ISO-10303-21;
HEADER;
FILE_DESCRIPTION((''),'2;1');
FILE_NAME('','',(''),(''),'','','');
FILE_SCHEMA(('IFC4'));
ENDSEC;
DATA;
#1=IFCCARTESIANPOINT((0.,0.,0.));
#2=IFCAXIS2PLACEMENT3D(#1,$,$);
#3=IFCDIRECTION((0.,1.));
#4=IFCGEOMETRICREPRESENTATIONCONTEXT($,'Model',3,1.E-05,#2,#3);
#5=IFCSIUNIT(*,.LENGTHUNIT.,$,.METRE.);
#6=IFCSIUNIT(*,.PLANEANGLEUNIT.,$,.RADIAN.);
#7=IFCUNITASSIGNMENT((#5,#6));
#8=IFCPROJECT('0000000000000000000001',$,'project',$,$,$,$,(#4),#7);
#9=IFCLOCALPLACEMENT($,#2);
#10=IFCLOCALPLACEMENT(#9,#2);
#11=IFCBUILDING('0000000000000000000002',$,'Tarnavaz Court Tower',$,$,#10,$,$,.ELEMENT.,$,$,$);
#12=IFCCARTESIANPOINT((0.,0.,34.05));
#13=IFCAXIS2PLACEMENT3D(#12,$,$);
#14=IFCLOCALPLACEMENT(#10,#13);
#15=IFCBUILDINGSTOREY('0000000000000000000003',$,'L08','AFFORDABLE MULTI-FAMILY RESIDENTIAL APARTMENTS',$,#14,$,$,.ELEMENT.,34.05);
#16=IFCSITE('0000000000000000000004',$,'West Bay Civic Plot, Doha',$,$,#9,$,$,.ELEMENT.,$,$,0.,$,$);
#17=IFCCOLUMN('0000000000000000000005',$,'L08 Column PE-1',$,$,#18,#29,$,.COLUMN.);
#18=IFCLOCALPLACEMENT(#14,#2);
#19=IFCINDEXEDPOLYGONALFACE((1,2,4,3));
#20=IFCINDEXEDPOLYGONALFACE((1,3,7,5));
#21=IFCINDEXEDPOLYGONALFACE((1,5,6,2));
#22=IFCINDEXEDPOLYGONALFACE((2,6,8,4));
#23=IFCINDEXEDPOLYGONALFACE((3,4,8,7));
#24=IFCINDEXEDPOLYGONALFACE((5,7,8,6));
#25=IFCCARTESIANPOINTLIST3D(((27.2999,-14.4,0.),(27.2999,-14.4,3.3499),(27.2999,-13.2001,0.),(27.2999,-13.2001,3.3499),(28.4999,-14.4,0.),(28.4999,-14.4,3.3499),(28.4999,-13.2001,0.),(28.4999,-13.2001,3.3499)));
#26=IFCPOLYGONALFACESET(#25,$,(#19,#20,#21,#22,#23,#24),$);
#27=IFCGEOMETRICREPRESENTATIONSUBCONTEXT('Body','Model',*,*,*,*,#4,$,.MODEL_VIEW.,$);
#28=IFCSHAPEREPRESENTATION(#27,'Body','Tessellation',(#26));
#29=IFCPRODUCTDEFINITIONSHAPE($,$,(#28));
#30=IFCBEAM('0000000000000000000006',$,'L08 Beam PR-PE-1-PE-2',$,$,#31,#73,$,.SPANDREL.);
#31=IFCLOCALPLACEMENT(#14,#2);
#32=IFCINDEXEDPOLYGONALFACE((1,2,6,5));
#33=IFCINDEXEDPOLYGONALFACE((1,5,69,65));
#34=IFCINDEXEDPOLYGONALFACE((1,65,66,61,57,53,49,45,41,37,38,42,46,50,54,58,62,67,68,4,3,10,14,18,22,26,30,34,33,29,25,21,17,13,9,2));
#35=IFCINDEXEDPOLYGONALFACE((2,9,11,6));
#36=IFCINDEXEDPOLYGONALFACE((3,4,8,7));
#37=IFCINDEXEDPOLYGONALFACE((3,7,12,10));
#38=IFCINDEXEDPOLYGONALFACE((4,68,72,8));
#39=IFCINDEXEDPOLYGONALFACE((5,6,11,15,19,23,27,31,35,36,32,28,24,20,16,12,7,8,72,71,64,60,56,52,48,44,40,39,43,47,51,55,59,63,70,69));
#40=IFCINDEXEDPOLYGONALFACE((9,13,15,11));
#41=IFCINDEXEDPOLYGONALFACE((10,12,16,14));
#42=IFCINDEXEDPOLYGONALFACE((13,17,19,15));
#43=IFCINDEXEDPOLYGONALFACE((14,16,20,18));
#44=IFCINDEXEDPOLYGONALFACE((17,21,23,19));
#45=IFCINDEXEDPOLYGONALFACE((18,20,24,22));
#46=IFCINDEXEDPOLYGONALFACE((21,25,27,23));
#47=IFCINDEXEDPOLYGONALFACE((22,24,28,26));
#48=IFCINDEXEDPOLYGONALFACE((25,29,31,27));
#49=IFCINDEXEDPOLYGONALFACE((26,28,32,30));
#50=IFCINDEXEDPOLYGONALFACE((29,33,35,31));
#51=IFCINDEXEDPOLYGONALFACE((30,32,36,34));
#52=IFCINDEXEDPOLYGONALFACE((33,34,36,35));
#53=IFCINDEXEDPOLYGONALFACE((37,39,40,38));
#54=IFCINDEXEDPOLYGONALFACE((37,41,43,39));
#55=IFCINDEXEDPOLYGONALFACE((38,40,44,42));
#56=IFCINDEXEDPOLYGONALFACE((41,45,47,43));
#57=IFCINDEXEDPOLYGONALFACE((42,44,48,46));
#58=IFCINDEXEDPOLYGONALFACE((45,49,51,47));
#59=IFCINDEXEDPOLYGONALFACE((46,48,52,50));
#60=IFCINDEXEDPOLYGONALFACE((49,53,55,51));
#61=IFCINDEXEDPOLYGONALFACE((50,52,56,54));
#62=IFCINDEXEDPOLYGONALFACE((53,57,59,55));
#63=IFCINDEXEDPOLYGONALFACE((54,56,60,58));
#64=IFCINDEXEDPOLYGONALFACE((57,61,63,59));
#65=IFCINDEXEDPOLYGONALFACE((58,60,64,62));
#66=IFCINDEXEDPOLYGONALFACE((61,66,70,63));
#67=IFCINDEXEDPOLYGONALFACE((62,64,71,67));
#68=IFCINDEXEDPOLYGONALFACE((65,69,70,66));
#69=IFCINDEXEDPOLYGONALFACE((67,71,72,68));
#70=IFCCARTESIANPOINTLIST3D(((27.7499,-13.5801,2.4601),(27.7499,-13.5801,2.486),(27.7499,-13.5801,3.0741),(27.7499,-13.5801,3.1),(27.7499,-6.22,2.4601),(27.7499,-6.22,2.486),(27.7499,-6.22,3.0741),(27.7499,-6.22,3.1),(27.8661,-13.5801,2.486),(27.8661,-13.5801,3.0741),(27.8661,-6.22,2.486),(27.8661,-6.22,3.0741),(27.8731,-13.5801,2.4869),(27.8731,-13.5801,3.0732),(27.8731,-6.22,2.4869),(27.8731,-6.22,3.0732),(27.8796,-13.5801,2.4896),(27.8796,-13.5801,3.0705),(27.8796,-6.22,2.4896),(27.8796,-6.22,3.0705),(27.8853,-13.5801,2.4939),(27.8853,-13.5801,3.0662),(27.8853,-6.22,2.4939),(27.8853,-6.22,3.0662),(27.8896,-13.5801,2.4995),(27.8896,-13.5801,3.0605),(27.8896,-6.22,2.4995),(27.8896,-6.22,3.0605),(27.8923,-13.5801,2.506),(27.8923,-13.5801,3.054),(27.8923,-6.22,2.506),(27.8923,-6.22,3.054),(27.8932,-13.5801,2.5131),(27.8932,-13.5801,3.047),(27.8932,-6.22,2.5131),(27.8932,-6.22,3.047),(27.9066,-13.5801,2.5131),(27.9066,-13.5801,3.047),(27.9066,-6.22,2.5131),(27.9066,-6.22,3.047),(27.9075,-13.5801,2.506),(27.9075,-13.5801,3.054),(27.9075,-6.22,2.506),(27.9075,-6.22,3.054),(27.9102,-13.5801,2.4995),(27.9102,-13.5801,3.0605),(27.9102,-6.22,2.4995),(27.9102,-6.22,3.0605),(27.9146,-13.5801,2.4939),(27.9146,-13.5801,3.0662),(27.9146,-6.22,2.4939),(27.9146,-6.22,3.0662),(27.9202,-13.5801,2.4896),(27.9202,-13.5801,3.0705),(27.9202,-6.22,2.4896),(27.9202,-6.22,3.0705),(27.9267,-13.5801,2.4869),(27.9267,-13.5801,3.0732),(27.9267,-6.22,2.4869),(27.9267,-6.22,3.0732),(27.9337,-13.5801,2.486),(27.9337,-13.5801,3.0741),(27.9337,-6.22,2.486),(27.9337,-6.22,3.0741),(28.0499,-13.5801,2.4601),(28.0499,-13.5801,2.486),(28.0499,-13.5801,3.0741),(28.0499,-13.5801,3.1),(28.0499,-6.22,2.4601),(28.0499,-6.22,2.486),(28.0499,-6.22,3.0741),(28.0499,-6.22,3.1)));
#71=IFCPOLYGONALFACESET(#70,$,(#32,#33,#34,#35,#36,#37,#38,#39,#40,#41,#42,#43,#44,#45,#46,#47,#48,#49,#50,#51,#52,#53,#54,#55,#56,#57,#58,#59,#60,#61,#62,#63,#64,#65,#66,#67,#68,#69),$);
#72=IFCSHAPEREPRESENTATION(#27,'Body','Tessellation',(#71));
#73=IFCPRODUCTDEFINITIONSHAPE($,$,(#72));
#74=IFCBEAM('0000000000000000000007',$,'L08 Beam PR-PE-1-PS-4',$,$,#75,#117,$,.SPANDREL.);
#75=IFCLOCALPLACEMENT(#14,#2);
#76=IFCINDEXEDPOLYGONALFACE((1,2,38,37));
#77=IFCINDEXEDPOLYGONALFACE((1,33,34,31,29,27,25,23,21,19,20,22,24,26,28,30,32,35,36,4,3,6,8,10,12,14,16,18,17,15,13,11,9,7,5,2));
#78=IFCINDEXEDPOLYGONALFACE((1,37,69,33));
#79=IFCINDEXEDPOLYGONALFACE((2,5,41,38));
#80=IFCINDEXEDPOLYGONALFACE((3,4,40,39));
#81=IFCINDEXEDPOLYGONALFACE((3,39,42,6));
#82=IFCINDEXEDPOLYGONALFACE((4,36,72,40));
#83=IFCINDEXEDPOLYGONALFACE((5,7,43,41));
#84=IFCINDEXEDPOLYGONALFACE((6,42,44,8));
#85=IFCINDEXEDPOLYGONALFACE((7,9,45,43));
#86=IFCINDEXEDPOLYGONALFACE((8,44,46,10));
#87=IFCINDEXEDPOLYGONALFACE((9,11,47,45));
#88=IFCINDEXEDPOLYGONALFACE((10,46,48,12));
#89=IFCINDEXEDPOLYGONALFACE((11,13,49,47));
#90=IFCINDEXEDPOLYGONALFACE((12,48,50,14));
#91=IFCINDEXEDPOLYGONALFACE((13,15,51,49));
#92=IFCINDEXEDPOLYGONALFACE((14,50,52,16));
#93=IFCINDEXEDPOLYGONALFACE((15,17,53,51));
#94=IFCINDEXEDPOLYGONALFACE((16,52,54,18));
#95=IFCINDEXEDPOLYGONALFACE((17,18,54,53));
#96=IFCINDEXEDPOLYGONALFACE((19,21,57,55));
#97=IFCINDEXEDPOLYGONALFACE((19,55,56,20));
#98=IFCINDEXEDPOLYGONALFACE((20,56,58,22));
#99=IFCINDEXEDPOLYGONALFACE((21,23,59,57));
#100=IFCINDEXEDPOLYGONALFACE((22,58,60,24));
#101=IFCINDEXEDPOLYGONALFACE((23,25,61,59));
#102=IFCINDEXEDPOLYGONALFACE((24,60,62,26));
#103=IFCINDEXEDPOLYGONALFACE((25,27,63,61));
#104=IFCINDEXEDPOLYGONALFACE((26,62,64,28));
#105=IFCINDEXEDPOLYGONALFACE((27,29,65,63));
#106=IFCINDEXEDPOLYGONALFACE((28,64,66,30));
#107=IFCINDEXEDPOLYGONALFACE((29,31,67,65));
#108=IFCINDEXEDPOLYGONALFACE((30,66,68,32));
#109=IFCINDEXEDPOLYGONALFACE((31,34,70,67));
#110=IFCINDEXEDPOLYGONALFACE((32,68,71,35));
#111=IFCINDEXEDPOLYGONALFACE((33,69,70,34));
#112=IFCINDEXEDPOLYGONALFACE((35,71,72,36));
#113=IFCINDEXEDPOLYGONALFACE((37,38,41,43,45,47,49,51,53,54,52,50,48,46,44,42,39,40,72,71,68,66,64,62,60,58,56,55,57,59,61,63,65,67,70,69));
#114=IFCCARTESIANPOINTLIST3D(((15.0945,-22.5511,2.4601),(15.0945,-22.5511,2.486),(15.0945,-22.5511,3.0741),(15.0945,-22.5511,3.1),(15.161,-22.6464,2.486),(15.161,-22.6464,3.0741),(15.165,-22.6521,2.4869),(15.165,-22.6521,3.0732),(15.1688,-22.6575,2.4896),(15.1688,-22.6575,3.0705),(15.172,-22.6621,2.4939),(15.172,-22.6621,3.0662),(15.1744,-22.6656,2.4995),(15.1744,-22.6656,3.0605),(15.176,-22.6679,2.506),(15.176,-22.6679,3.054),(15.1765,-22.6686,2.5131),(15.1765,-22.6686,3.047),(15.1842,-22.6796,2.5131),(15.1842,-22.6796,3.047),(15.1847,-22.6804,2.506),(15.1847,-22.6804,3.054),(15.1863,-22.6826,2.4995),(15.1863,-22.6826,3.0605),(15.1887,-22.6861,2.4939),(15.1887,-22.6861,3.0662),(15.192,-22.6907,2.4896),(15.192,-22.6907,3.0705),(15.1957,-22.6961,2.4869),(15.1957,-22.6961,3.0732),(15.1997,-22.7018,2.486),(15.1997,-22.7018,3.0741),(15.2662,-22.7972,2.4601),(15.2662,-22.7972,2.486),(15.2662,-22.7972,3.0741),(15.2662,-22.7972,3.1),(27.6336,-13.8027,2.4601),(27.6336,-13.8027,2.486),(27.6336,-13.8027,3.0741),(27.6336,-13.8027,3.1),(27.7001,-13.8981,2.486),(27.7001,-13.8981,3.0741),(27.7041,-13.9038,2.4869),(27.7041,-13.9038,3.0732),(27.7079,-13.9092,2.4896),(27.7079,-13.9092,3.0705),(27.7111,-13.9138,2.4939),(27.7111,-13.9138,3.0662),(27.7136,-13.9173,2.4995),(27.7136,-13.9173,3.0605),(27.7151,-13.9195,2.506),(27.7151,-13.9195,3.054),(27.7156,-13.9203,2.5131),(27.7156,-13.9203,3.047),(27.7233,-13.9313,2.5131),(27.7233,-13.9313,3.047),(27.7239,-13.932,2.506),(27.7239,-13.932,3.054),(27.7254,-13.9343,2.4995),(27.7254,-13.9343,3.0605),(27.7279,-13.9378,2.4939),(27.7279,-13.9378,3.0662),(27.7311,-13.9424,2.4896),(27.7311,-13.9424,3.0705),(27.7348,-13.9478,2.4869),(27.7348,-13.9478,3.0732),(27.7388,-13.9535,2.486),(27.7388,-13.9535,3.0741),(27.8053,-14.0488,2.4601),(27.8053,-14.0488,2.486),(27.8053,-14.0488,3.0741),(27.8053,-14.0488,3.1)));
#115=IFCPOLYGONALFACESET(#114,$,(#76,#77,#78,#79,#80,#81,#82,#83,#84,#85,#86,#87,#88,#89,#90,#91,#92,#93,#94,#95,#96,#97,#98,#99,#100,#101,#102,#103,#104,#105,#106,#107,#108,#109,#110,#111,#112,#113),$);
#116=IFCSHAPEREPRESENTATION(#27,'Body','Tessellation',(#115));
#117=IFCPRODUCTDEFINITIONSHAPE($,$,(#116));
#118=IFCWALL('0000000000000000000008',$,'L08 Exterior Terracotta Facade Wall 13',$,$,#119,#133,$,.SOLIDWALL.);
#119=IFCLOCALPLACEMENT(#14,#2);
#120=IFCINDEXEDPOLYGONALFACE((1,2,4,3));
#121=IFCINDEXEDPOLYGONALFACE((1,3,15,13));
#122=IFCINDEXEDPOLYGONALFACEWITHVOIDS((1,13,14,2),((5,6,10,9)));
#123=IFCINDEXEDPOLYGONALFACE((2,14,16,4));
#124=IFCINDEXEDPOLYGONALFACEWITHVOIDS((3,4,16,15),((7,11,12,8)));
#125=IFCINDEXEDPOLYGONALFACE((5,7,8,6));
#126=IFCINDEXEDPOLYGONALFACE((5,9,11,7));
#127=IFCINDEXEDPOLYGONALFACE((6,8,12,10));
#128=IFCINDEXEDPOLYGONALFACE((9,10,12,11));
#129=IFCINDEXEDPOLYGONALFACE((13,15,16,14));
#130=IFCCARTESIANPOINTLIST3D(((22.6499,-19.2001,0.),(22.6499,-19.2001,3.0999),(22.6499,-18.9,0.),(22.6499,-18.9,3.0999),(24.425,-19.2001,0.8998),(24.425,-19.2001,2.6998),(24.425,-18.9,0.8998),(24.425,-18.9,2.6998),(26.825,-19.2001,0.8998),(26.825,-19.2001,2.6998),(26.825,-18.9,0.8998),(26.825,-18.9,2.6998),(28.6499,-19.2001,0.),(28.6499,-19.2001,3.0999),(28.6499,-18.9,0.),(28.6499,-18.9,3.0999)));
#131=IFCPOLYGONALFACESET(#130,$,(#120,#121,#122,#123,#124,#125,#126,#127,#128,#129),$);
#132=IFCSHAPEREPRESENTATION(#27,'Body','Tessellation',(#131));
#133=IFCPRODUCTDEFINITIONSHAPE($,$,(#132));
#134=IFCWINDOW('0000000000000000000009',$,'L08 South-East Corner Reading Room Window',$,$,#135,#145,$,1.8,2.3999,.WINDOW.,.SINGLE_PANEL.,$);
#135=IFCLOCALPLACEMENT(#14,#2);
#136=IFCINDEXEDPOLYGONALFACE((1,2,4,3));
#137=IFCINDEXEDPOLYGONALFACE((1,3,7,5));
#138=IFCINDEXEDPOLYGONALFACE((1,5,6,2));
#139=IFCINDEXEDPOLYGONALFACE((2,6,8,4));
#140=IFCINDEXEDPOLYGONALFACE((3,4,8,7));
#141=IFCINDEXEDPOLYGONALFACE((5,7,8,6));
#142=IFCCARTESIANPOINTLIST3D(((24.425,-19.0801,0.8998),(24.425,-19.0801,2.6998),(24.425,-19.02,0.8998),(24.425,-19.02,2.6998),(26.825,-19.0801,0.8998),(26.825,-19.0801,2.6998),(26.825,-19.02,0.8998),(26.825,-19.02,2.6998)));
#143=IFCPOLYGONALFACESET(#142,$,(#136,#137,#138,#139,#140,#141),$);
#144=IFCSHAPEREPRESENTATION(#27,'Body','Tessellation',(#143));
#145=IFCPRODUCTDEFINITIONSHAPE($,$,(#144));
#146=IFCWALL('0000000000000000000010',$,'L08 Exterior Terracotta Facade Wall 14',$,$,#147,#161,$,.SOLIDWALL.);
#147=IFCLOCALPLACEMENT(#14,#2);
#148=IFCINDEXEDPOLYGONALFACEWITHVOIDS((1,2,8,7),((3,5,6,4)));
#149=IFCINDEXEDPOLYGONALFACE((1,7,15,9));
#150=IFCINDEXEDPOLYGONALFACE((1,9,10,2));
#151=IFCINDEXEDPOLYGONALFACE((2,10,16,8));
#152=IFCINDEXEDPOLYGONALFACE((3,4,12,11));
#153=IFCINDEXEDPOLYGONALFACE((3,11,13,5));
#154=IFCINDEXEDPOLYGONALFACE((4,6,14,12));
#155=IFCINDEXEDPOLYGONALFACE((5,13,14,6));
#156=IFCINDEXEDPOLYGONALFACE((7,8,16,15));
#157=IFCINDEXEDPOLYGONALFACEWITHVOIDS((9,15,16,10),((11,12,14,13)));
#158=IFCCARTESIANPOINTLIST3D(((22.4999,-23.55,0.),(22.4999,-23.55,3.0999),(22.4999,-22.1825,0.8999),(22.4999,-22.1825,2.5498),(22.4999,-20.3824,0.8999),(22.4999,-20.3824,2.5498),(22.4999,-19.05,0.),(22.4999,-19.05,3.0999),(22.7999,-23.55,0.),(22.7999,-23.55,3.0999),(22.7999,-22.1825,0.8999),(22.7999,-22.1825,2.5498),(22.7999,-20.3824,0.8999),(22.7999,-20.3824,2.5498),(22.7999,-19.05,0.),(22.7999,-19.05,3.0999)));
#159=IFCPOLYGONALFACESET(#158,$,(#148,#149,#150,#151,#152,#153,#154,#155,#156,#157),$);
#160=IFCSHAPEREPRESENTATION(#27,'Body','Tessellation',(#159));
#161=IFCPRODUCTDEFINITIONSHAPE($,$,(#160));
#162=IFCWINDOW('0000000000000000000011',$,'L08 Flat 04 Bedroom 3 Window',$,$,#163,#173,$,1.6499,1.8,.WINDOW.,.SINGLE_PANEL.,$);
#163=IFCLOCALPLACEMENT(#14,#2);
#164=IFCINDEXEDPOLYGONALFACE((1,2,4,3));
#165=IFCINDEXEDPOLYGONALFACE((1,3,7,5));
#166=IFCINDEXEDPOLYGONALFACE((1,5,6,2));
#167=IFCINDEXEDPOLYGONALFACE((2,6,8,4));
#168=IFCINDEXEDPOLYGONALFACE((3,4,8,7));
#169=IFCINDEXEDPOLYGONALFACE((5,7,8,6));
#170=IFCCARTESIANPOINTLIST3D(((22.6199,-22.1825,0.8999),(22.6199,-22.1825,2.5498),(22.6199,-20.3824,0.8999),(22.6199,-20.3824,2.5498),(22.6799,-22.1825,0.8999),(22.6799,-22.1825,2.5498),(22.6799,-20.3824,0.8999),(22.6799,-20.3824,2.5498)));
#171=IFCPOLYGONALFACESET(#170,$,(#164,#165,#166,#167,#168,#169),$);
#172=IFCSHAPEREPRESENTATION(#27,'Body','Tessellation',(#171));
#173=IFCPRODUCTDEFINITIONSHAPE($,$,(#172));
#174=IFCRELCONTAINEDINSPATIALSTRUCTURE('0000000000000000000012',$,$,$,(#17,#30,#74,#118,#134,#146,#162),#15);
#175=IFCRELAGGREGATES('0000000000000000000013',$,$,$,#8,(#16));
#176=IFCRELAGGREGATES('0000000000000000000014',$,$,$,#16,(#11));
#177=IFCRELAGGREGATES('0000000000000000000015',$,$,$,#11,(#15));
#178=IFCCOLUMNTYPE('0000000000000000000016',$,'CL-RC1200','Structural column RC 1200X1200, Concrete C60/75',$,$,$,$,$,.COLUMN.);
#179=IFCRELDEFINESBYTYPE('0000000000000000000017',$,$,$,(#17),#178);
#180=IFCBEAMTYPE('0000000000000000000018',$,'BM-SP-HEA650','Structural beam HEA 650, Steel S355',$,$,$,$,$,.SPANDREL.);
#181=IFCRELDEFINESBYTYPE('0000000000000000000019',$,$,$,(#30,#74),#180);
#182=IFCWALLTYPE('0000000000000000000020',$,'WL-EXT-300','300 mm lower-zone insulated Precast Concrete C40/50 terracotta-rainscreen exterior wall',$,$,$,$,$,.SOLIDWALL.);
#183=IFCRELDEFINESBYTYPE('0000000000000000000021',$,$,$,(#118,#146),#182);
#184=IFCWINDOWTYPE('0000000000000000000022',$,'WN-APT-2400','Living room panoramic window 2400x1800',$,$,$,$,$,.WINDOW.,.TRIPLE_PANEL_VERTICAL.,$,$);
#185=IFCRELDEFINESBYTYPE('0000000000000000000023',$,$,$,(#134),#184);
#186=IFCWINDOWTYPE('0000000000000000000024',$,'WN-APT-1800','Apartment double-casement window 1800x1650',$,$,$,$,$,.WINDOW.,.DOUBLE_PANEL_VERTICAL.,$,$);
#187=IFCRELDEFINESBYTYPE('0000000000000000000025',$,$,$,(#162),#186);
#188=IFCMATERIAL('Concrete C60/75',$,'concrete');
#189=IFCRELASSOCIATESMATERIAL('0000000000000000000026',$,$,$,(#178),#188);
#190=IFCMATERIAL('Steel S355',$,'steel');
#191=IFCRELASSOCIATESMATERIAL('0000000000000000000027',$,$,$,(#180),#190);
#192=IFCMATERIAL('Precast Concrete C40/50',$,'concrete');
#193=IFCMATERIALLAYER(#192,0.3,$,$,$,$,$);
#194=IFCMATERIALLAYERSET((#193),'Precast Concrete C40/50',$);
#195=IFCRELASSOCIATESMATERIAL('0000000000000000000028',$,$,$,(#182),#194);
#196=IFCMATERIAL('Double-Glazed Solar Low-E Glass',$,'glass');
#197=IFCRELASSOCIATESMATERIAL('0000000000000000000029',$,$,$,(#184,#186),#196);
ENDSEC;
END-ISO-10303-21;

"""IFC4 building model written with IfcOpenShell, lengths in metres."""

from ifc_helpers import new_model, si_unit, direction, frame, frame_2d, origin, origin_2d, place, context, subcontext, project, spatial, rectangle, i_section, extrude, material, layer, layer_set, material_profile, profile_set, type_object, element, fill, save


model = new_model("IFC4")

# Units and contexts
model_context = context("Model", 3, precision=1e-05, world=origin(), true_north=direction((0.0, 1.0)))
body_context = subcontext(model_context, "Body", "Model", "MODEL_VIEW")
ifc_project = project(units=[si_unit("LENGTHUNIT", "METRE"), si_unit("PLANEANGLEUNIT", "RADIAN")], contexts=[model_context])

# Site, building, storey
site_placement = place(None, origin())
site = spatial("IfcSite", under=ifc_project, at=site_placement, Name="West Bay Civic Plot, Doha", CompositionType="ELEMENT", RefElevation=0.0)
building_placement = place(site_placement, origin())
building = spatial("IfcBuilding", under=site, at=building_placement, Name="Tarnavaz Court Tower", CompositionType="ELEMENT")
storey_placement = place(building_placement, frame((0.0, 0.0, 34.05)))
storey = spatial("IfcBuildingStorey", under=building, at=storey_placement, Name="L08", Description="AFFORDABLE MULTI-FAMILY RESIDENTIAL APARTMENTS", CompositionType="ELEMENT", Elevation=34.05)

# Column
ifc_material_1 = material(Name="Concrete C60/75", Category="concrete")
ifc_material_profile_1 = material_profile(ifc_material_1, rectangle(XDim=1.2, YDim=1.2, at=origin_2d()), Name="RC 1200X1200")
ifc_profile_set_1 = profile_set([ifc_material_profile_1], Name="Concrete C60/75")
column_type = type_object("IfcColumnType", Name="CL-RC1200", Description="Structural column RC 1200X1200, Concrete C60/75", PredefinedType="COLUMN", material=ifc_profile_set_1)
column_placement = place(storey_placement, frame((27.8999, -13.8, 0.0), z_axis=(0.0, 0.0, 1.0), x_axis=(1.0, 0.0, 0.0)))
element("IfcColumn", 1, at=column_placement, inside=storey, type_object=column_type, Name="L08 Column PE-1", PredefinedType="COLUMN", context=body_context, shape_type="SweptSolid", body=[
    extrude(rectangle(XDim=1.2, YDim=1.2, at=origin_2d()), origin(), (0.0, 0.0, 1.0), 3.3499),
])

# Beams
ifc_material_2 = material(Name="Steel S355", Category="steel")
ifc_material_profile_2 = material_profile(ifc_material_2, i_section(OverallWidth=0.3, OverallDepth=0.6399, WebThickness=0.0134, FlangeThickness=0.0259, FilletRadius=0.0271, at=origin_2d()), Name="HEA 650")
ifc_profile_set_2 = profile_set([ifc_material_profile_2], Name="Steel S355")
beam_type = type_object("IfcBeamType", Name="BM-SP-HEA650", Description="Structural beam HEA 650, Steel S355", PredefinedType="SPANDREL", material=ifc_profile_set_2)
beam_1_placement = place(storey_placement, frame((27.8999, -13.5801, 2.78), z_axis=(0.0, 1.0, 0.0), x_axis=(-1.0, 0.0, 0.0)))
element("IfcBeam", 2, at=beam_1_placement, inside=storey, type_object=beam_type, Name="L08 Beam PR-PE-1-PE-2", PredefinedType="SPANDREL", context=body_context, shape_type="SweptSolid", body=[
    extrude(i_section(OverallWidth=0.3, OverallDepth=0.6399, WebThickness=0.0134, FlangeThickness=0.0259, FilletRadius=0.0271, at=origin_2d()), origin(), (0.0, 0.0, 1.0), 7.3601),
])
beam_2_placement = place(storey_placement, frame((27.7195, -13.9258, 2.78), z_axis=(-0.820124, -0.572186, 0.0), x_axis=(0.572186, -0.820124, 0.0)))
element("IfcBeam", 3, at=beam_2_placement, inside=storey, type_object=beam_type, Name="L08 Beam PR-PE-1-PS-4", PredefinedType="SPANDREL", context=body_context, shape_type="SweptSolid", body=[
    extrude(i_section(OverallWidth=0.3, OverallDepth=0.6399, WebThickness=0.0134, FlangeThickness=0.0259, FilletRadius=0.0271, at=origin_2d()), origin(), (0.0, 0.0, 1.0), 15.2893),
])

# Walls, openings, windows
ifc_material_3 = material(Name="Precast Concrete C40/50", Category="concrete")
ifc_layer_1 = layer(ifc_material_3, 0.3)
ifc_layer_set_1 = layer_set([ifc_layer_1], Name="Precast Concrete C40/50")
wall_type_1 = type_object("IfcWallType", Name="WL-EXT-300", Description="300 mm lower-zone insulated Precast Concrete C40/50 terracotta-rainscreen exterior wall", PredefinedType="SOLIDWALL", material=ifc_layer_set_1)
wall_1_placement = place(storey_placement, frame((28.6499, -19.05, 0.0), z_axis=(0.0, 0.0, 1.0), x_axis=(-1.0, 0.0, 0.0)))
wall_1 = element("IfcWall", 4, at=wall_1_placement, inside=storey, type_object=wall_type_1, Name="L08 Exterior Terracotta Facade Wall 13", PredefinedType="SOLIDWALL", context=body_context, shape_type="SweptSolid", body=[
    extrude(rectangle(XDim=6.0, YDim=0.3, at=frame_2d((3.0, 0.0))), origin(), (0.0, 0.0, 1.0), 3.0999),
])
opening_1_placement = place(wall_1_placement, frame((1.825, 0.0, 0.8999)))
opening_1 = element("IfcOpeningElement", 5, at=opening_1_placement, cuts=wall_1, PredefinedType="OPENING", context=body_context, shape_type="SweptSolid", body=[
    extrude(rectangle(XDim=2.3999, YDim=1.8, at=frame_2d((1.2, 0.8999))), frame((0.0, 0.1599, 0.0), z_axis=(0.0, -1.0, 0.0), x_axis=(1.0, 0.0, 0.0)), (0.0, 0.0, 1.0), 0.3201),
])
ifc_material_4 = material(Name="Double-Glazed Solar Low-E Glass", Category="glass")
window_type_1 = type_object("IfcWindowType", Name="WN-APT-2400", Description="Living room panoramic window 2400x1800", PartitioningType="TRIPLE_PANEL_VERTICAL", PredefinedType="WINDOW", material=ifc_material_4)
window_1_placement = place(opening_1_placement, origin())
window_1 = element("IfcWindow", 6, at=window_1_placement, inside=storey, type_object=window_type_1, Name="L08 South-East Corner Reading Room Window", OverallHeight=1.8, OverallWidth=2.3999, PartitioningType="SINGLE_PANEL", PredefinedType="WINDOW", context=body_context, shape_type="SweptSolid", body=[
    extrude(rectangle(XDim=2.3999, YDim=1.8, at=frame_2d((1.2, 0.8999))), frame((0.0, 0.03, 0.0), z_axis=(0.0, -1.0, 0.0), x_axis=(1.0, 0.0, 0.0)), (0.0, 0.0, 1.0), 0.0601),
])
fill(opening_1, window_1)
wall_2_placement = place(storey_placement, frame((22.6499, -19.05, 0.0), z_axis=(0.0, 0.0, 1.0), x_axis=(0.0, -1.0, 0.0)))
wall_2 = element("IfcWall", 7, at=wall_2_placement, inside=storey, type_object=wall_type_1, Name="L08 Exterior Terracotta Facade Wall 14", PredefinedType="SOLIDWALL", context=body_context, shape_type="SweptSolid", body=[
    extrude(rectangle(XDim=4.5, YDim=0.3, at=frame_2d((2.25, 0.0))), origin(), (0.0, 0.0, 1.0), 3.0999),
])
opening_2_placement = place(wall_2_placement, frame((1.3325, 0.0, 0.8999)))
opening_2 = element("IfcOpeningElement", 8, at=opening_2_placement, cuts=wall_2, PredefinedType="OPENING", context=body_context, shape_type="SweptSolid", body=[
    extrude(rectangle(XDim=1.8, YDim=1.6499, at=frame_2d((0.8999, 0.825))), frame((0.0, 0.1599, 0.0), z_axis=(0.0, -1.0, 0.0), x_axis=(1.0, 0.0, 0.0)), (0.0, 0.0, 1.0), 0.3201),
])
window_type_2 = type_object("IfcWindowType", Name="WN-APT-1800", Description="Apartment double-casement window 1800x1650", PartitioningType="DOUBLE_PANEL_VERTICAL", PredefinedType="WINDOW", material=ifc_material_4)
window_2_placement = place(opening_2_placement, origin())
window_2 = element("IfcWindow", 9, at=window_2_placement, inside=storey, type_object=window_type_2, Name="L08 Flat 04 Bedroom 3 Window", OverallHeight=1.6499, OverallWidth=1.8, PartitioningType="SINGLE_PANEL", PredefinedType="WINDOW", context=body_context, shape_type="SweptSolid", body=[
    extrude(rectangle(XDim=1.8, YDim=1.6499, at=frame_2d((0.8999, 0.825))), frame((0.0, 0.03, 0.0), z_axis=(0.0, -1.0, 0.0), x_axis=(1.0, 0.0, 0.0)), (0.0, 0.0, 1.0), 0.0601),
])
fill(opening_2, window_2)

save(model, "model.ifc")
